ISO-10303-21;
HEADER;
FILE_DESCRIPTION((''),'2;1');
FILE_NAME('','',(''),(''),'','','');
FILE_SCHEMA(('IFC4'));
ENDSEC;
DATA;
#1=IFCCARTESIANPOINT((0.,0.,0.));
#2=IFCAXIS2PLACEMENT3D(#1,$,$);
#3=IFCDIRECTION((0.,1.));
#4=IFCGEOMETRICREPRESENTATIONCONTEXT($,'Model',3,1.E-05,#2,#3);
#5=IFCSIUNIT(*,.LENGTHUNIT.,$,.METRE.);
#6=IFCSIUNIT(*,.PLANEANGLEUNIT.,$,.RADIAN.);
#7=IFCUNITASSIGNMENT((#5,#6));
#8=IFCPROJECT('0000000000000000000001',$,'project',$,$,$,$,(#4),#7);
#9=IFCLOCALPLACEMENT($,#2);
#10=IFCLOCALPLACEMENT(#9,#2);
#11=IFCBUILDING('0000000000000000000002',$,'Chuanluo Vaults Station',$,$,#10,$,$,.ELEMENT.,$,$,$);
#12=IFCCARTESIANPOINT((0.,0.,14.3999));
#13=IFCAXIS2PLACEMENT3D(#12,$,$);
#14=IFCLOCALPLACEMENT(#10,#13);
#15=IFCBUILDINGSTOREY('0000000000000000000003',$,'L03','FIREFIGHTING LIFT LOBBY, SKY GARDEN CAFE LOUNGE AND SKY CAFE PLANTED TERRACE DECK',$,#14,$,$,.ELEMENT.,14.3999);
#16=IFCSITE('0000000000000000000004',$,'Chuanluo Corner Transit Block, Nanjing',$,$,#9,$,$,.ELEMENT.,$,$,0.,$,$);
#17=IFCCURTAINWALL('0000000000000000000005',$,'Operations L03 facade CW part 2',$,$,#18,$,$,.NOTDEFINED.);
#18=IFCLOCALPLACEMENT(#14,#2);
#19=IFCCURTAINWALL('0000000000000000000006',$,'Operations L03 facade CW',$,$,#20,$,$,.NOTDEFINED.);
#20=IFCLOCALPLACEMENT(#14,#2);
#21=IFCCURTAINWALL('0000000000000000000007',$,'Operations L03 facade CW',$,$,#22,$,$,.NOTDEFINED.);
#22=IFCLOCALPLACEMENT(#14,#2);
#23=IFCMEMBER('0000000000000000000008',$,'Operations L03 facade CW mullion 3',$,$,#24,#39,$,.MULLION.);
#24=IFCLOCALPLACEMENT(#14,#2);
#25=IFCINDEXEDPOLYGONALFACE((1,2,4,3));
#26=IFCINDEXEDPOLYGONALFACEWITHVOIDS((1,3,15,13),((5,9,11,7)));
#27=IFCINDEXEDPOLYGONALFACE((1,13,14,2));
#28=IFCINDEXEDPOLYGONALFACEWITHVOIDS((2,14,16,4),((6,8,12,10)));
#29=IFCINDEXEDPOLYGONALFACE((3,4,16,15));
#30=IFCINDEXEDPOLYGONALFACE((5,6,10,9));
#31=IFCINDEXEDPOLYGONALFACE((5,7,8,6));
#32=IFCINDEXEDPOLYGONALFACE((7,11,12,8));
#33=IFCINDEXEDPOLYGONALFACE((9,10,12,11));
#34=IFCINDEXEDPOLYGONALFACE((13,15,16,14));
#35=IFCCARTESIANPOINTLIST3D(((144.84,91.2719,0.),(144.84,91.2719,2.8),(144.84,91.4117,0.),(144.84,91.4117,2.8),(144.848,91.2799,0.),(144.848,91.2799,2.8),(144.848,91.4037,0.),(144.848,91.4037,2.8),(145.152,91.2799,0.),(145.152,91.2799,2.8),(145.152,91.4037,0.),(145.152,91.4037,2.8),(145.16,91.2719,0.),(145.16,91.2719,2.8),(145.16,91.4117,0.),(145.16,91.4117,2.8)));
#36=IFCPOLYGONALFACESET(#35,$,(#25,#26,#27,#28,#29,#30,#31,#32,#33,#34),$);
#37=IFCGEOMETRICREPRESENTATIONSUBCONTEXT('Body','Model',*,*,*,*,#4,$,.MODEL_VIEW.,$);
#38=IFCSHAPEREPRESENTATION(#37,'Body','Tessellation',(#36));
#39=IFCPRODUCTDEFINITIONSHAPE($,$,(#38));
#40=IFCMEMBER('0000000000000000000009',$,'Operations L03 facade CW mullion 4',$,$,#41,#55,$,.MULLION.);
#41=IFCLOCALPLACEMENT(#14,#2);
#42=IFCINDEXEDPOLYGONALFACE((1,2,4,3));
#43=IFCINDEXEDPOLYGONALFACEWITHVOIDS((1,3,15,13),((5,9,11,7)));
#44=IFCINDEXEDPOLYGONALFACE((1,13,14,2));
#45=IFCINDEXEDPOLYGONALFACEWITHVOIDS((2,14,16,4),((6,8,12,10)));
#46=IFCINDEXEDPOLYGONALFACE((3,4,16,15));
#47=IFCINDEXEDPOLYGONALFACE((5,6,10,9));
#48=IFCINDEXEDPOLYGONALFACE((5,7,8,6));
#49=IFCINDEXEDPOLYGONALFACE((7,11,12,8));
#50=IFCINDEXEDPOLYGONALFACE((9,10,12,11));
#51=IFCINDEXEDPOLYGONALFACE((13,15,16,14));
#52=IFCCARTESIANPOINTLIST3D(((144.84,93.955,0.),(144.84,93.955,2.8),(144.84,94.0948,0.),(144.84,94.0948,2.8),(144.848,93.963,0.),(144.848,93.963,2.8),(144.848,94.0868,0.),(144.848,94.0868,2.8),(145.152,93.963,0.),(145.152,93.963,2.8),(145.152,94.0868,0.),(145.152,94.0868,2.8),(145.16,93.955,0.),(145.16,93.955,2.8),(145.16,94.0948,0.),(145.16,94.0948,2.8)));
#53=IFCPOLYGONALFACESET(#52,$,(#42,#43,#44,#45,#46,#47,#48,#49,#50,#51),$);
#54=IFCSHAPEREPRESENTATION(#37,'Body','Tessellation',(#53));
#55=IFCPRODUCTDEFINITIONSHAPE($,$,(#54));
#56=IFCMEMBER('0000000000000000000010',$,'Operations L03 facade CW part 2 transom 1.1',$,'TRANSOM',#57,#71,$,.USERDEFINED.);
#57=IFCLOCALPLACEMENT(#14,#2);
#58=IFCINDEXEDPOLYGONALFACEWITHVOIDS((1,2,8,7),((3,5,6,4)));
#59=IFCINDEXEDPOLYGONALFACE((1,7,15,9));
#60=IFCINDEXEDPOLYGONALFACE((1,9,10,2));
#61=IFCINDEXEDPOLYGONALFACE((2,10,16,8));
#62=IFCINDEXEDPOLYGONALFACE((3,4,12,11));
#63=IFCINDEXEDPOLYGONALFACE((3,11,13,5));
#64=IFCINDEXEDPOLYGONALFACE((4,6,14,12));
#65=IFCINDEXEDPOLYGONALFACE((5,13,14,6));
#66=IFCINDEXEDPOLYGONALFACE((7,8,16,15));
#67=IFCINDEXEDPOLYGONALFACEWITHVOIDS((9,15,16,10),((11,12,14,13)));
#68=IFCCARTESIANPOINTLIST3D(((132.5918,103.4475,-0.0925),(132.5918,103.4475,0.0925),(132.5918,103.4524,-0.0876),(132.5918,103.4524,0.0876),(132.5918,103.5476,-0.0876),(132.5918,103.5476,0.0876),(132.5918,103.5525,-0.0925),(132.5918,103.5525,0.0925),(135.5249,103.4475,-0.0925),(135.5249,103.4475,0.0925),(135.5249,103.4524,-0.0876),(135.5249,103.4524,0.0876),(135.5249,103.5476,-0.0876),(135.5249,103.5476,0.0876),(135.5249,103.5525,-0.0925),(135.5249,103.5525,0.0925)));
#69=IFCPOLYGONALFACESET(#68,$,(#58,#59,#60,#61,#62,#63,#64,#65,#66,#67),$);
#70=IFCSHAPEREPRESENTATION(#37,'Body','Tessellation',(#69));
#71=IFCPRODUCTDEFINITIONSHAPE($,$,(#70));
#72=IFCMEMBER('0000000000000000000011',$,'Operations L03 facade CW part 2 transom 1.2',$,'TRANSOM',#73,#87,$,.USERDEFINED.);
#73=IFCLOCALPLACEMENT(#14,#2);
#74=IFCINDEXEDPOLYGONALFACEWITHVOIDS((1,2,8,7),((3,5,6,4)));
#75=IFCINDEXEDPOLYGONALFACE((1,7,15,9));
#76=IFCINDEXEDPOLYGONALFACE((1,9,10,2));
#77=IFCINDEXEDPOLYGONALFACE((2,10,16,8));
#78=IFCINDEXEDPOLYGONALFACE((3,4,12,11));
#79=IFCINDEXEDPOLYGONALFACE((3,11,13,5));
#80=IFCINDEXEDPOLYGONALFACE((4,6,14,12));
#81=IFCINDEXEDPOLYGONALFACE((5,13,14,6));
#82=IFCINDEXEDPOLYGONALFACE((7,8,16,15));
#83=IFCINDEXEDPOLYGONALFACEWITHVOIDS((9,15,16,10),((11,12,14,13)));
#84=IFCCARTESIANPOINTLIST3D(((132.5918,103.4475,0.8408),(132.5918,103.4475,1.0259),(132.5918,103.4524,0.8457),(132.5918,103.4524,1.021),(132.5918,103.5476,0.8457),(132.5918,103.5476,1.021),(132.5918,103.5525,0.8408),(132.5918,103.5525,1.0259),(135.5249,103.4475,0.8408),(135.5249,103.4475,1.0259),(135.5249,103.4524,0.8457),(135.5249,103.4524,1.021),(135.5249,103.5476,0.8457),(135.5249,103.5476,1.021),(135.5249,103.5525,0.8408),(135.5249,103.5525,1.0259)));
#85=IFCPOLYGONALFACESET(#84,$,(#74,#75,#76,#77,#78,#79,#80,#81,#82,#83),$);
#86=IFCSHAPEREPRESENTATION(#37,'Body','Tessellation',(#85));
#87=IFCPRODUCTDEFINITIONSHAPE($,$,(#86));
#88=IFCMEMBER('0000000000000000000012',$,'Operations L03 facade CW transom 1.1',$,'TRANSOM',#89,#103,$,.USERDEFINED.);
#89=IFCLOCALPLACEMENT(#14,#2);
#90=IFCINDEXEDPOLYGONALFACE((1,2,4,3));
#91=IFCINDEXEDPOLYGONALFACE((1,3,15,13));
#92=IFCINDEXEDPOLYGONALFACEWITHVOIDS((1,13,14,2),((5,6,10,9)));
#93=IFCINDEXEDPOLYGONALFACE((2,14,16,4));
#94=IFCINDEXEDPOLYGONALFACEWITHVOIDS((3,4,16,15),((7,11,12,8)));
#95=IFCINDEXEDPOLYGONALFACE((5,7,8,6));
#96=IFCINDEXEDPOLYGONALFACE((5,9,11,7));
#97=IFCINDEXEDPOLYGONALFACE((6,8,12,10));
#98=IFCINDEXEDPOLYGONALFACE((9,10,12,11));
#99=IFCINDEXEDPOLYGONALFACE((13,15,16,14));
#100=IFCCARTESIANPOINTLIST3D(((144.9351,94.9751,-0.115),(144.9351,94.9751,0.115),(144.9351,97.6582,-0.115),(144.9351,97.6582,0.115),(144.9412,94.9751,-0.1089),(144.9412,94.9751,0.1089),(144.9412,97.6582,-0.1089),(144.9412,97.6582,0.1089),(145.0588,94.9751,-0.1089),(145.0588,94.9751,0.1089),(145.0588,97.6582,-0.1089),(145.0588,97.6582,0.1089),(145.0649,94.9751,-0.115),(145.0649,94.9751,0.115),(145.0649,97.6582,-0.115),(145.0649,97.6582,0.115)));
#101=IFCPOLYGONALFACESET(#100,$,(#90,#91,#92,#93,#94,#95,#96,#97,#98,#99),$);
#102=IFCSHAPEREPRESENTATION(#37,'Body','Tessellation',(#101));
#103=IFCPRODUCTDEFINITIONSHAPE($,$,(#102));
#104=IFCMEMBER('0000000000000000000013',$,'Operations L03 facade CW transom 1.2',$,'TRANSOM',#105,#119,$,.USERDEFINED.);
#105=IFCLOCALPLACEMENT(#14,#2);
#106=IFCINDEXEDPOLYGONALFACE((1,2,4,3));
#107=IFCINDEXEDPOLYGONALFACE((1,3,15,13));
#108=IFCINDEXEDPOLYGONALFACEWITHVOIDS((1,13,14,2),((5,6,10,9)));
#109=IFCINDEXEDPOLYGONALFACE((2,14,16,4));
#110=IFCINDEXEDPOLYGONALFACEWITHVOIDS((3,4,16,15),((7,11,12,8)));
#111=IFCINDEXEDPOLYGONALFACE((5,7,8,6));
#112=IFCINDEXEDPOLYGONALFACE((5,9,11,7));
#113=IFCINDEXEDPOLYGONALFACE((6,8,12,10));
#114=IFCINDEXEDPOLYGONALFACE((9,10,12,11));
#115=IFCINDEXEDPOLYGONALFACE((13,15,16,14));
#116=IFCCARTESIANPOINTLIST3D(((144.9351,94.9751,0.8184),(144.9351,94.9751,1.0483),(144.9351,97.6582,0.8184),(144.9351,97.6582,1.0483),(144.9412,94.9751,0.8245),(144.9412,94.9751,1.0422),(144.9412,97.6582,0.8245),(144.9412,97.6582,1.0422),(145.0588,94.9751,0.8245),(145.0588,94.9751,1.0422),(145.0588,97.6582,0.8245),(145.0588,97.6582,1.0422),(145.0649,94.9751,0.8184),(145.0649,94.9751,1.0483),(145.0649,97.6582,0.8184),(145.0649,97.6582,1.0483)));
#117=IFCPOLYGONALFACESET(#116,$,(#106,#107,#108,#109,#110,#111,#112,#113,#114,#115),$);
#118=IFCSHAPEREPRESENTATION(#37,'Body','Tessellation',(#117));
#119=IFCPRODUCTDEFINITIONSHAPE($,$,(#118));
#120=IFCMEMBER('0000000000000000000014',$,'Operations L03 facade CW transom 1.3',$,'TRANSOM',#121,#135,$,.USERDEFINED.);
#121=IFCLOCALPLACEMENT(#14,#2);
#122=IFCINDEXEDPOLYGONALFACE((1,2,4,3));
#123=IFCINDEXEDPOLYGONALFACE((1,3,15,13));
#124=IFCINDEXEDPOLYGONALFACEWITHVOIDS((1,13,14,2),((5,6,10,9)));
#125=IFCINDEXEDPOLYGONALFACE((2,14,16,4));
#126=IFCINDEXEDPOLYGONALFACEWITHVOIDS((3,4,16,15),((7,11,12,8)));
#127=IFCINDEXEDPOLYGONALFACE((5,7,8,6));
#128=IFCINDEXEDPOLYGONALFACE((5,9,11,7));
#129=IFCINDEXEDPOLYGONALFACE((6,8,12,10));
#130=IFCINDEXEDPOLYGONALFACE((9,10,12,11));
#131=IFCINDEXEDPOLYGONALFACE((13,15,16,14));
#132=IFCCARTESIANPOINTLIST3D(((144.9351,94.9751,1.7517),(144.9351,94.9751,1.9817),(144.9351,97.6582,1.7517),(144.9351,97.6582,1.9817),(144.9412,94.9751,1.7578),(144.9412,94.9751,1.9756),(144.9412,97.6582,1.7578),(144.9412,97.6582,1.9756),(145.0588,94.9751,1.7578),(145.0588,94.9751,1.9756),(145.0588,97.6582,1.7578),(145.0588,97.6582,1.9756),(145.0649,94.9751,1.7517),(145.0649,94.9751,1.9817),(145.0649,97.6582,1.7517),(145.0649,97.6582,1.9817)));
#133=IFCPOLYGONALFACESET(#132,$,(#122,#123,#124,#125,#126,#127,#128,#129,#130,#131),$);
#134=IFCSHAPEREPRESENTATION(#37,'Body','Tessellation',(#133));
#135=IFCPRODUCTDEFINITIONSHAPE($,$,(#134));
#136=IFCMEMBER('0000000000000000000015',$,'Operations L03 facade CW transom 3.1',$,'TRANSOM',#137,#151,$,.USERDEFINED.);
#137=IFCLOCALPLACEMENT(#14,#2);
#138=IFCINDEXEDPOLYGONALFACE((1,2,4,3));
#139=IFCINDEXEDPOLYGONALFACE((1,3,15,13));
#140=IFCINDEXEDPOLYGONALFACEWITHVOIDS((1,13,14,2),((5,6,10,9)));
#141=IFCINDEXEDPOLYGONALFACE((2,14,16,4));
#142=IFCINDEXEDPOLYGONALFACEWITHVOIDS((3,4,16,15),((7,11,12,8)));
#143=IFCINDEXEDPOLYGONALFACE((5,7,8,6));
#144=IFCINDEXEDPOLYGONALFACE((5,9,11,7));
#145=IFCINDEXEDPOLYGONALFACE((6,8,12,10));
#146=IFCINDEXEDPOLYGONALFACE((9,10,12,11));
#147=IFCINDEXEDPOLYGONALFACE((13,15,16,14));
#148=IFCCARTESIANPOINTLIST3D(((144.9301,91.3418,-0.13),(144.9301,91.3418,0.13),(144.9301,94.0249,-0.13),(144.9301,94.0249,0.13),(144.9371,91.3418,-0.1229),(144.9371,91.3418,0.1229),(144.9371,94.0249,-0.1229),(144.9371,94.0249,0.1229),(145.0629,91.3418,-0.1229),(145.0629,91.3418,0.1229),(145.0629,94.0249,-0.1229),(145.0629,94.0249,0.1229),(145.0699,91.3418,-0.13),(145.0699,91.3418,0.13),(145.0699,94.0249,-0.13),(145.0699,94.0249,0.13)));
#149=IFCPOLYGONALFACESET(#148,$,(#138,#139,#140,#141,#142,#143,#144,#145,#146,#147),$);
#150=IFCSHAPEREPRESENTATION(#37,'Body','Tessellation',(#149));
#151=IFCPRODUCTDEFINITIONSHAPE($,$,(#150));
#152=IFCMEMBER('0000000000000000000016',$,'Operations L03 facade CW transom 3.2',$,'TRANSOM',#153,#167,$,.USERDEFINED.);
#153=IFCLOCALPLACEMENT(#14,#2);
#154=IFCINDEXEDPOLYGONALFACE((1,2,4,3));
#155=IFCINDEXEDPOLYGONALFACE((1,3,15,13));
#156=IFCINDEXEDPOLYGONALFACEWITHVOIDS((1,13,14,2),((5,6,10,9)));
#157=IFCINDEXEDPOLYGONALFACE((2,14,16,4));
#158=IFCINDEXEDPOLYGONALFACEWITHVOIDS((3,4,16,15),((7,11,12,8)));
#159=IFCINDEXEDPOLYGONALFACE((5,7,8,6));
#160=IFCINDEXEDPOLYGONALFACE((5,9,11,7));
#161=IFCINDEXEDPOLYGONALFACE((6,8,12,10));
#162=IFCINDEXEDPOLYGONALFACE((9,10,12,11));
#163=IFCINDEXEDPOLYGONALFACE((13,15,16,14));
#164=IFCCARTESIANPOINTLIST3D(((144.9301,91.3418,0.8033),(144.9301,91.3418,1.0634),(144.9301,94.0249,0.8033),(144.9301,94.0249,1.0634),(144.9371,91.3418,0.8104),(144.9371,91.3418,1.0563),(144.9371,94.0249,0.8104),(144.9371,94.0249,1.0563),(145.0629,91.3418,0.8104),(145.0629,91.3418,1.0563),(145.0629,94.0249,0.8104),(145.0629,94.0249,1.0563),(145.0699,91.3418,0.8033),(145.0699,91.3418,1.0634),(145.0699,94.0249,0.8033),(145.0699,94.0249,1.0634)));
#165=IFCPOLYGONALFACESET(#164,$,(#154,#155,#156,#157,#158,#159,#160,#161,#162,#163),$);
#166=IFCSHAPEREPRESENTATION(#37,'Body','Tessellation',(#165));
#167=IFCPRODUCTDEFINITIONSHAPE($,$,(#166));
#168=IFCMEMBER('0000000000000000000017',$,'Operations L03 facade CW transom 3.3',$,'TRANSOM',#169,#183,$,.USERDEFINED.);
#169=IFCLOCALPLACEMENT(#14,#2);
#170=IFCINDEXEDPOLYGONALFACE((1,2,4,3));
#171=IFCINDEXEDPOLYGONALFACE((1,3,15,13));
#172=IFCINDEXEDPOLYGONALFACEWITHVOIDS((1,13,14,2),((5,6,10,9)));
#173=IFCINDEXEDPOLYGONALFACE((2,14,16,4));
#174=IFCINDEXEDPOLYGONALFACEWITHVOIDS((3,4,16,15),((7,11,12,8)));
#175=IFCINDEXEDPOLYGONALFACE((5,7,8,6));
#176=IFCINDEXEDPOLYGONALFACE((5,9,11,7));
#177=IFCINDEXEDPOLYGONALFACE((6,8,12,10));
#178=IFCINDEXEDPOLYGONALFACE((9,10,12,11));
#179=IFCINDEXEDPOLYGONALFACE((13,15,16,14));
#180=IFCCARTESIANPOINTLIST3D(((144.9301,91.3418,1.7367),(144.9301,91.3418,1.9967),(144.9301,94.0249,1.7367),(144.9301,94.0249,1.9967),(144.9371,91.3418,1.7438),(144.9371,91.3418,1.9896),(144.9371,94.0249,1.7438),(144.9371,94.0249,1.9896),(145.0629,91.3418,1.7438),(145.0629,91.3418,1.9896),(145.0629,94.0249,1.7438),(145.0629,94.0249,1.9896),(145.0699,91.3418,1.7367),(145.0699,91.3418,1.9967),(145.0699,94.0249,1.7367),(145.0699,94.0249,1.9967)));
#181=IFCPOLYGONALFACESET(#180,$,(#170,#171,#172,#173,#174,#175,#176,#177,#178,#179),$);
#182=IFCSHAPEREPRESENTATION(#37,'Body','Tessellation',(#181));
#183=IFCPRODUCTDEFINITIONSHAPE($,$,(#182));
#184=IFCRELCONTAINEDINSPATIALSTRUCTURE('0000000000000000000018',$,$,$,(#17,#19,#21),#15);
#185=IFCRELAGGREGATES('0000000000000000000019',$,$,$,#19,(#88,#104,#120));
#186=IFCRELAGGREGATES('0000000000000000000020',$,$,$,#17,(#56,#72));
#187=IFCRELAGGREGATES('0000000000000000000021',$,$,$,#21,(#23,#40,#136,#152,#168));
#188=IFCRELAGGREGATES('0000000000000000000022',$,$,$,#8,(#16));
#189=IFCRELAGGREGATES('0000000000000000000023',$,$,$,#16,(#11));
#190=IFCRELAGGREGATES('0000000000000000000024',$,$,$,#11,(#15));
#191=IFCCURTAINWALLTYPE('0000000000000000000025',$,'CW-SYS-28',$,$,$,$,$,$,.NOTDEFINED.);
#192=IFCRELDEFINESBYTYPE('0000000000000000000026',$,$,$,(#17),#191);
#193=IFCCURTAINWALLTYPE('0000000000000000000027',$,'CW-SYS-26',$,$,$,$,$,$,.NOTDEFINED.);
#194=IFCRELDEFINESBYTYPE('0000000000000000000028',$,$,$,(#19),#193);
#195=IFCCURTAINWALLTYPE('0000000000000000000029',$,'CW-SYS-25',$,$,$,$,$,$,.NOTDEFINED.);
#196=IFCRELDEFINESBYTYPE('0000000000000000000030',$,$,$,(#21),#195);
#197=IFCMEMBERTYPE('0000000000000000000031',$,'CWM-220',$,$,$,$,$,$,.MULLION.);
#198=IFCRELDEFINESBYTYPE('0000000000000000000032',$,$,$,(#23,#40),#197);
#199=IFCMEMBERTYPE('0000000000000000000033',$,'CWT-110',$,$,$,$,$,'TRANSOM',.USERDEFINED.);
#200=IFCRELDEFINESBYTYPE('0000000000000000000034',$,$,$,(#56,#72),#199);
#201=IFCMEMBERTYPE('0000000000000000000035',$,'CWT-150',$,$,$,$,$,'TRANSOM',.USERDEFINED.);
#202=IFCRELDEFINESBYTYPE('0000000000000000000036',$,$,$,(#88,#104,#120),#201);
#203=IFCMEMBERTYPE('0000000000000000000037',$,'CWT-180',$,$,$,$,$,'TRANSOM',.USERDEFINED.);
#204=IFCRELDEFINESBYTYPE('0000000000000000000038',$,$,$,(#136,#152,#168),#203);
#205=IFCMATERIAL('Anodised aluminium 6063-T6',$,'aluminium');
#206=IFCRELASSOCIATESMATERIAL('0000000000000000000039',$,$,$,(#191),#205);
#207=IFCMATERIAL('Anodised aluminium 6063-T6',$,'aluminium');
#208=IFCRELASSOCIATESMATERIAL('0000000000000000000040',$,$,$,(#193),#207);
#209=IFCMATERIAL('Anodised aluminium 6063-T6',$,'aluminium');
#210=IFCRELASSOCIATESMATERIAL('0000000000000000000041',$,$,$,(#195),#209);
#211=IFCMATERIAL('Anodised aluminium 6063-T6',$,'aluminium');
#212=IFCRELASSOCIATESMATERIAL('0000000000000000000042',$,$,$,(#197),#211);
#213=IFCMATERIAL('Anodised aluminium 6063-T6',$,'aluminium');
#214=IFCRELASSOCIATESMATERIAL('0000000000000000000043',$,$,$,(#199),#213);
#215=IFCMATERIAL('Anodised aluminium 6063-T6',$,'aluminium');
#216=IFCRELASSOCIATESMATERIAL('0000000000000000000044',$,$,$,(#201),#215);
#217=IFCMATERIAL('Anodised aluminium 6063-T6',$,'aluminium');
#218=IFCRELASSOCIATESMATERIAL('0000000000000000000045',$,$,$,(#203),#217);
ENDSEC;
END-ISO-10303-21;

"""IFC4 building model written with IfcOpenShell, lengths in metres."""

from ifc_helpers import new_model, si_unit, direction, frame, origin, origin_2d, place, context, subcontext, project, spatial, hollow_rectangle, extrude, material, material_profile, profile_set, type_object, element, aggregate, save


model = new_model("IFC4")

# Units and contexts
model_context = context("Model", 3, precision=1e-05, world=origin(), true_north=direction((0.0, 1.0)))
body_context = subcontext(model_context, "Body", "Model", "MODEL_VIEW")
ifc_project = project(units=[si_unit("LENGTHUNIT", "METRE"), si_unit("PLANEANGLEUNIT", "RADIAN")], contexts=[model_context])

# Site, building, storey
site_placement = place(None, origin())
site = spatial("IfcSite", under=ifc_project, at=site_placement, Name="Chuanluo Corner Transit Block, Nanjing", CompositionType="ELEMENT", RefElevation=0.0)
building_placement = place(site_placement, origin())
building = spatial("IfcBuilding", under=site, at=building_placement, Name="Chuanluo Vaults Station", CompositionType="ELEMENT")
storey_placement = place(building_placement, frame((0.0, 0.0, 14.3999)))
storey = spatial("IfcBuildingStorey", under=building, at=storey_placement, Name="L03", Description="FIREFIGHTING LIFT LOBBY, SKY GARDEN CAFE LOUNGE AND SKY CAFE PLANTED TERRACE DECK", CompositionType="ELEMENT", Elevation=14.3999)

# Curtain walls
ifc_material_1 = material(Name="Anodised aluminium 6063-T6", Category="aluminium")
curtain_wall_type_1 = type_object("IfcCurtainWallType", Name="CW-SYS-28", PredefinedType="NOTDEFINED", material=ifc_material_1)
curtain_wall_1_placement = place(storey_placement, origin())
curtain_wall_1 = element("IfcCurtainWall", 1, at=curtain_wall_1_placement, inside=storey, type_object=curtain_wall_type_1, Name="Operations L03 facade CW part 2", PredefinedType="NOTDEFINED")
ifc_material_2 = material(Name="Anodised aluminium 6063-T6", Category="aluminium")
curtain_wall_type_2 = type_object("IfcCurtainWallType", Name="CW-SYS-26", PredefinedType="NOTDEFINED", material=ifc_material_2)
curtain_wall_2_placement = place(storey_placement, origin())
curtain_wall_2 = element("IfcCurtainWall", 2, at=curtain_wall_2_placement, inside=storey, type_object=curtain_wall_type_2, Name="Operations L03 facade CW", PredefinedType="NOTDEFINED")

# Curtain wall, members
ifc_material_3 = material(Name="Anodised aluminium 6063-T6", Category="aluminium")
curtain_wall_type_3 = type_object("IfcCurtainWallType", Name="CW-SYS-25", PredefinedType="NOTDEFINED", material=ifc_material_3)
curtain_wall_3_placement = place(storey_placement, origin())
curtain_wall_3 = element("IfcCurtainWall", 3, at=curtain_wall_3_placement, inside=storey, type_object=curtain_wall_type_3, Name="Operations L03 facade CW", PredefinedType="NOTDEFINED")
ifc_material_4 = material(Name="Anodised aluminium 6063-T6", Category="aluminium")
ifc_material_profile_1 = material_profile(ifc_material_4, hollow_rectangle(XDim=0.1399, YDim=0.3201, WallThickness=0.0081, at=origin_2d()))
ifc_profile_set_1 = profile_set([ifc_material_profile_1], Name="Anodised aluminium 6063-T6")
member_type_1 = type_object("IfcMemberType", Name="CWM-220", PredefinedType="MULLION", material=ifc_profile_set_1)
member_1_placement = place(storey_placement, frame((145.0, 91.3418, 0.0), z_axis=(0.0, 0.0, 1.0), x_axis=(0.0, 1.0, 0.0)))
member_1 = element("IfcMember", 4, at=member_1_placement, type_object=member_type_1, Name="Operations L03 facade CW mullion 3", PredefinedType="MULLION", context=body_context, shape_type="SweptSolid", body=[
    extrude(hollow_rectangle(XDim=0.1399, YDim=0.3201, WallThickness=0.0081, at=origin_2d()), origin(), (0.0, 0.0, 1.0), 2.8),
])
member_2_placement = place(storey_placement, frame((145.0, 94.0249, 0.0), z_axis=(0.0, 0.0, 1.0), x_axis=(0.0, 1.0, 0.0)))
member_2 = element("IfcMember", 5, at=member_2_placement, type_object=member_type_1, Name="Operations L03 facade CW mullion 4", PredefinedType="MULLION", context=body_context, shape_type="SweptSolid", body=[
    extrude(hollow_rectangle(XDim=0.1399, YDim=0.3201, WallThickness=0.0081, at=origin_2d()), origin(), (0.0, 0.0, 1.0), 2.8),
])

# Members
ifc_material_5 = material(Name="Anodised aluminium 6063-T6", Category="aluminium")
ifc_material_profile_2 = material_profile(ifc_material_5, hollow_rectangle(XDim=0.105, YDim=0.1851, WallThickness=0.0049, at=origin_2d()))
ifc_profile_set_2 = profile_set([ifc_material_profile_2], Name="Anodised aluminium 6063-T6")
member_type_2 = type_object("IfcMemberType", Name="CWT-110", ElementType="TRANSOM", PredefinedType="USERDEFINED", material=ifc_profile_set_2)
member_3_placement = place(storey_placement, frame((135.5249, 103.5, 0.0), z_axis=(-1.0, 0.0, 0.0), x_axis=(0.0, -1.0, 0.0)))
member_3 = element("IfcMember", 6, at=member_3_placement, type_object=member_type_2, Name="Operations L03 facade CW part 2 transom 1.1", ObjectType="TRANSOM", PredefinedType="USERDEFINED", context=body_context, shape_type="SweptSolid", body=[
    extrude(hollow_rectangle(XDim=0.105, YDim=0.1851, WallThickness=0.0049, at=origin_2d()), origin(), (0.0, 0.0, 1.0), 2.9331),
])
member_4_placement = place(storey_placement, frame((135.5249, 103.5, 0.9333), z_axis=(-1.0, 0.0, 0.0), x_axis=(0.0, -1.0, 0.0)))
member_4 = element("IfcMember", 7, at=member_4_placement, type_object=member_type_2, Name="Operations L03 facade CW part 2 transom 1.2", ObjectType="TRANSOM", PredefinedType="USERDEFINED", context=body_context, shape_type="SweptSolid", body=[
    extrude(hollow_rectangle(XDim=0.105, YDim=0.1851, WallThickness=0.0049, at=origin_2d()), origin(), (0.0, 0.0, 1.0), 2.9331),
])
ifc_material_6 = material(Name="Anodised aluminium 6063-T6", Category="aluminium")
ifc_material_profile_3 = material_profile(ifc_material_6, hollow_rectangle(XDim=0.1299, YDim=0.23, WallThickness=0.0061, at=origin_2d()))
ifc_profile_set_3 = profile_set([ifc_material_profile_3], Name="Anodised aluminium 6063-T6")
member_type_3 = type_object("IfcMemberType", Name="CWT-150", ElementType="TRANSOM", PredefinedType="USERDEFINED", material=ifc_profile_set_3)
member_5_placement = place(storey_placement, frame((145.0, 94.9751, 0.0), z_axis=(0.0, 1.0, 0.0), x_axis=(-1.0, 0.0, 0.0)))
member_5 = element("IfcMember", 8, at=member_5_placement, type_object=member_type_3, Name="Operations L03 facade CW transom 1.1", ObjectType="TRANSOM", PredefinedType="USERDEFINED", context=body_context, shape_type="SweptSolid", body=[
    extrude(hollow_rectangle(XDim=0.1299, YDim=0.23, WallThickness=0.0061, at=origin_2d()), origin(), (0.0, 0.0, 1.0), 2.6831),
])
member_6_placement = place(storey_placement, frame((145.0, 94.9751, 0.9333), z_axis=(0.0, 1.0, 0.0), x_axis=(-1.0, 0.0, 0.0)))
member_6 = element("IfcMember", 9, at=member_6_placement, type_object=member_type_3, Name="Operations L03 facade CW transom 1.2", ObjectType="TRANSOM", PredefinedType="USERDEFINED", context=body_context, shape_type="SweptSolid", body=[
    extrude(hollow_rectangle(XDim=0.1299, YDim=0.23, WallThickness=0.0061, at=origin_2d()), origin(), (0.0, 0.0, 1.0), 2.6831),
])
member_7_placement = place(storey_placement, frame((145.0, 94.9751, 1.8667), z_axis=(0.0, 1.0, 0.0), x_axis=(-1.0, 0.0, 0.0)))
member_7 = element("IfcMember", 10, at=member_7_placement, type_object=member_type_3, Name="Operations L03 facade CW transom 1.3", ObjectType="TRANSOM", PredefinedType="USERDEFINED", context=body_context, shape_type="SweptSolid", body=[
    extrude(hollow_rectangle(XDim=0.1299, YDim=0.23, WallThickness=0.0061, at=origin_2d()), origin(), (0.0, 0.0, 1.0), 2.6831),
])
aggregate(curtain_wall_2, [member_5, member_6, member_7])
ifc_material_7 = material(Name="Anodised aluminium 6063-T6", Category="aluminium")
ifc_material_profile_4 = material_profile(ifc_material_7, hollow_rectangle(XDim=0.1399, YDim=0.26, WallThickness=0.0071, at=origin_2d()))
ifc_profile_set_4 = profile_set([ifc_material_profile_4], Name="Anodised aluminium 6063-T6")
member_type_4 = type_object("IfcMemberType", Name="CWT-180", ElementType="TRANSOM", PredefinedType="USERDEFINED", material=ifc_profile_set_4)
member_8_placement = place(storey_placement, frame((145.0, 91.3418, 0.0), z_axis=(0.0, 1.0, 0.0), x_axis=(-1.0, 0.0, 0.0)))
member_8 = element("IfcMember", 11, at=member_8_placement, type_object=member_type_4, Name="Operations L03 facade CW transom 3.1", ObjectType="TRANSOM", PredefinedType="USERDEFINED", context=body_context, shape_type="SweptSolid", body=[
    extrude(hollow_rectangle(XDim=0.1399, YDim=0.26, WallThickness=0.0071, at=origin_2d()), origin(), (0.0, 0.0, 1.0), 2.6831),
])
member_9_placement = place(storey_placement, frame((145.0, 91.3418, 0.9333), z_axis=(0.0, 1.0, 0.0), x_axis=(-1.0, 0.0, 0.0)))
member_9 = element("IfcMember", 12, at=member_9_placement, type_object=member_type_4, Name="Operations L03 facade CW transom 3.2", ObjectType="TRANSOM", PredefinedType="USERDEFINED", context=body_context, shape_type="SweptSolid", body=[
    extrude(hollow_rectangle(XDim=0.1399, YDim=0.26, WallThickness=0.0071, at=origin_2d()), origin(), (0.0, 0.0, 1.0), 2.6831),
])
member_10_placement = place(storey_placement, frame((145.0, 91.3418, 1.8667), z_axis=(0.0, 1.0, 0.0), x_axis=(-1.0, 0.0, 0.0)))
member_10 = element("IfcMember", 13, at=member_10_placement, type_object=member_type_4, Name="Operations L03 facade CW transom 3.3", ObjectType="TRANSOM", PredefinedType="USERDEFINED", context=body_context, shape_type="SweptSolid", body=[
    extrude(hollow_rectangle(XDim=0.1399, YDim=0.26, WallThickness=0.0071, at=origin_2d()), origin(), (0.0, 0.0, 1.0), 2.6831),
])

aggregate(curtain_wall_1, [member_3, member_4])
aggregate(curtain_wall_3, [member_1, member_2, member_8, member_9, member_10])

save(model, "model.ifc")
